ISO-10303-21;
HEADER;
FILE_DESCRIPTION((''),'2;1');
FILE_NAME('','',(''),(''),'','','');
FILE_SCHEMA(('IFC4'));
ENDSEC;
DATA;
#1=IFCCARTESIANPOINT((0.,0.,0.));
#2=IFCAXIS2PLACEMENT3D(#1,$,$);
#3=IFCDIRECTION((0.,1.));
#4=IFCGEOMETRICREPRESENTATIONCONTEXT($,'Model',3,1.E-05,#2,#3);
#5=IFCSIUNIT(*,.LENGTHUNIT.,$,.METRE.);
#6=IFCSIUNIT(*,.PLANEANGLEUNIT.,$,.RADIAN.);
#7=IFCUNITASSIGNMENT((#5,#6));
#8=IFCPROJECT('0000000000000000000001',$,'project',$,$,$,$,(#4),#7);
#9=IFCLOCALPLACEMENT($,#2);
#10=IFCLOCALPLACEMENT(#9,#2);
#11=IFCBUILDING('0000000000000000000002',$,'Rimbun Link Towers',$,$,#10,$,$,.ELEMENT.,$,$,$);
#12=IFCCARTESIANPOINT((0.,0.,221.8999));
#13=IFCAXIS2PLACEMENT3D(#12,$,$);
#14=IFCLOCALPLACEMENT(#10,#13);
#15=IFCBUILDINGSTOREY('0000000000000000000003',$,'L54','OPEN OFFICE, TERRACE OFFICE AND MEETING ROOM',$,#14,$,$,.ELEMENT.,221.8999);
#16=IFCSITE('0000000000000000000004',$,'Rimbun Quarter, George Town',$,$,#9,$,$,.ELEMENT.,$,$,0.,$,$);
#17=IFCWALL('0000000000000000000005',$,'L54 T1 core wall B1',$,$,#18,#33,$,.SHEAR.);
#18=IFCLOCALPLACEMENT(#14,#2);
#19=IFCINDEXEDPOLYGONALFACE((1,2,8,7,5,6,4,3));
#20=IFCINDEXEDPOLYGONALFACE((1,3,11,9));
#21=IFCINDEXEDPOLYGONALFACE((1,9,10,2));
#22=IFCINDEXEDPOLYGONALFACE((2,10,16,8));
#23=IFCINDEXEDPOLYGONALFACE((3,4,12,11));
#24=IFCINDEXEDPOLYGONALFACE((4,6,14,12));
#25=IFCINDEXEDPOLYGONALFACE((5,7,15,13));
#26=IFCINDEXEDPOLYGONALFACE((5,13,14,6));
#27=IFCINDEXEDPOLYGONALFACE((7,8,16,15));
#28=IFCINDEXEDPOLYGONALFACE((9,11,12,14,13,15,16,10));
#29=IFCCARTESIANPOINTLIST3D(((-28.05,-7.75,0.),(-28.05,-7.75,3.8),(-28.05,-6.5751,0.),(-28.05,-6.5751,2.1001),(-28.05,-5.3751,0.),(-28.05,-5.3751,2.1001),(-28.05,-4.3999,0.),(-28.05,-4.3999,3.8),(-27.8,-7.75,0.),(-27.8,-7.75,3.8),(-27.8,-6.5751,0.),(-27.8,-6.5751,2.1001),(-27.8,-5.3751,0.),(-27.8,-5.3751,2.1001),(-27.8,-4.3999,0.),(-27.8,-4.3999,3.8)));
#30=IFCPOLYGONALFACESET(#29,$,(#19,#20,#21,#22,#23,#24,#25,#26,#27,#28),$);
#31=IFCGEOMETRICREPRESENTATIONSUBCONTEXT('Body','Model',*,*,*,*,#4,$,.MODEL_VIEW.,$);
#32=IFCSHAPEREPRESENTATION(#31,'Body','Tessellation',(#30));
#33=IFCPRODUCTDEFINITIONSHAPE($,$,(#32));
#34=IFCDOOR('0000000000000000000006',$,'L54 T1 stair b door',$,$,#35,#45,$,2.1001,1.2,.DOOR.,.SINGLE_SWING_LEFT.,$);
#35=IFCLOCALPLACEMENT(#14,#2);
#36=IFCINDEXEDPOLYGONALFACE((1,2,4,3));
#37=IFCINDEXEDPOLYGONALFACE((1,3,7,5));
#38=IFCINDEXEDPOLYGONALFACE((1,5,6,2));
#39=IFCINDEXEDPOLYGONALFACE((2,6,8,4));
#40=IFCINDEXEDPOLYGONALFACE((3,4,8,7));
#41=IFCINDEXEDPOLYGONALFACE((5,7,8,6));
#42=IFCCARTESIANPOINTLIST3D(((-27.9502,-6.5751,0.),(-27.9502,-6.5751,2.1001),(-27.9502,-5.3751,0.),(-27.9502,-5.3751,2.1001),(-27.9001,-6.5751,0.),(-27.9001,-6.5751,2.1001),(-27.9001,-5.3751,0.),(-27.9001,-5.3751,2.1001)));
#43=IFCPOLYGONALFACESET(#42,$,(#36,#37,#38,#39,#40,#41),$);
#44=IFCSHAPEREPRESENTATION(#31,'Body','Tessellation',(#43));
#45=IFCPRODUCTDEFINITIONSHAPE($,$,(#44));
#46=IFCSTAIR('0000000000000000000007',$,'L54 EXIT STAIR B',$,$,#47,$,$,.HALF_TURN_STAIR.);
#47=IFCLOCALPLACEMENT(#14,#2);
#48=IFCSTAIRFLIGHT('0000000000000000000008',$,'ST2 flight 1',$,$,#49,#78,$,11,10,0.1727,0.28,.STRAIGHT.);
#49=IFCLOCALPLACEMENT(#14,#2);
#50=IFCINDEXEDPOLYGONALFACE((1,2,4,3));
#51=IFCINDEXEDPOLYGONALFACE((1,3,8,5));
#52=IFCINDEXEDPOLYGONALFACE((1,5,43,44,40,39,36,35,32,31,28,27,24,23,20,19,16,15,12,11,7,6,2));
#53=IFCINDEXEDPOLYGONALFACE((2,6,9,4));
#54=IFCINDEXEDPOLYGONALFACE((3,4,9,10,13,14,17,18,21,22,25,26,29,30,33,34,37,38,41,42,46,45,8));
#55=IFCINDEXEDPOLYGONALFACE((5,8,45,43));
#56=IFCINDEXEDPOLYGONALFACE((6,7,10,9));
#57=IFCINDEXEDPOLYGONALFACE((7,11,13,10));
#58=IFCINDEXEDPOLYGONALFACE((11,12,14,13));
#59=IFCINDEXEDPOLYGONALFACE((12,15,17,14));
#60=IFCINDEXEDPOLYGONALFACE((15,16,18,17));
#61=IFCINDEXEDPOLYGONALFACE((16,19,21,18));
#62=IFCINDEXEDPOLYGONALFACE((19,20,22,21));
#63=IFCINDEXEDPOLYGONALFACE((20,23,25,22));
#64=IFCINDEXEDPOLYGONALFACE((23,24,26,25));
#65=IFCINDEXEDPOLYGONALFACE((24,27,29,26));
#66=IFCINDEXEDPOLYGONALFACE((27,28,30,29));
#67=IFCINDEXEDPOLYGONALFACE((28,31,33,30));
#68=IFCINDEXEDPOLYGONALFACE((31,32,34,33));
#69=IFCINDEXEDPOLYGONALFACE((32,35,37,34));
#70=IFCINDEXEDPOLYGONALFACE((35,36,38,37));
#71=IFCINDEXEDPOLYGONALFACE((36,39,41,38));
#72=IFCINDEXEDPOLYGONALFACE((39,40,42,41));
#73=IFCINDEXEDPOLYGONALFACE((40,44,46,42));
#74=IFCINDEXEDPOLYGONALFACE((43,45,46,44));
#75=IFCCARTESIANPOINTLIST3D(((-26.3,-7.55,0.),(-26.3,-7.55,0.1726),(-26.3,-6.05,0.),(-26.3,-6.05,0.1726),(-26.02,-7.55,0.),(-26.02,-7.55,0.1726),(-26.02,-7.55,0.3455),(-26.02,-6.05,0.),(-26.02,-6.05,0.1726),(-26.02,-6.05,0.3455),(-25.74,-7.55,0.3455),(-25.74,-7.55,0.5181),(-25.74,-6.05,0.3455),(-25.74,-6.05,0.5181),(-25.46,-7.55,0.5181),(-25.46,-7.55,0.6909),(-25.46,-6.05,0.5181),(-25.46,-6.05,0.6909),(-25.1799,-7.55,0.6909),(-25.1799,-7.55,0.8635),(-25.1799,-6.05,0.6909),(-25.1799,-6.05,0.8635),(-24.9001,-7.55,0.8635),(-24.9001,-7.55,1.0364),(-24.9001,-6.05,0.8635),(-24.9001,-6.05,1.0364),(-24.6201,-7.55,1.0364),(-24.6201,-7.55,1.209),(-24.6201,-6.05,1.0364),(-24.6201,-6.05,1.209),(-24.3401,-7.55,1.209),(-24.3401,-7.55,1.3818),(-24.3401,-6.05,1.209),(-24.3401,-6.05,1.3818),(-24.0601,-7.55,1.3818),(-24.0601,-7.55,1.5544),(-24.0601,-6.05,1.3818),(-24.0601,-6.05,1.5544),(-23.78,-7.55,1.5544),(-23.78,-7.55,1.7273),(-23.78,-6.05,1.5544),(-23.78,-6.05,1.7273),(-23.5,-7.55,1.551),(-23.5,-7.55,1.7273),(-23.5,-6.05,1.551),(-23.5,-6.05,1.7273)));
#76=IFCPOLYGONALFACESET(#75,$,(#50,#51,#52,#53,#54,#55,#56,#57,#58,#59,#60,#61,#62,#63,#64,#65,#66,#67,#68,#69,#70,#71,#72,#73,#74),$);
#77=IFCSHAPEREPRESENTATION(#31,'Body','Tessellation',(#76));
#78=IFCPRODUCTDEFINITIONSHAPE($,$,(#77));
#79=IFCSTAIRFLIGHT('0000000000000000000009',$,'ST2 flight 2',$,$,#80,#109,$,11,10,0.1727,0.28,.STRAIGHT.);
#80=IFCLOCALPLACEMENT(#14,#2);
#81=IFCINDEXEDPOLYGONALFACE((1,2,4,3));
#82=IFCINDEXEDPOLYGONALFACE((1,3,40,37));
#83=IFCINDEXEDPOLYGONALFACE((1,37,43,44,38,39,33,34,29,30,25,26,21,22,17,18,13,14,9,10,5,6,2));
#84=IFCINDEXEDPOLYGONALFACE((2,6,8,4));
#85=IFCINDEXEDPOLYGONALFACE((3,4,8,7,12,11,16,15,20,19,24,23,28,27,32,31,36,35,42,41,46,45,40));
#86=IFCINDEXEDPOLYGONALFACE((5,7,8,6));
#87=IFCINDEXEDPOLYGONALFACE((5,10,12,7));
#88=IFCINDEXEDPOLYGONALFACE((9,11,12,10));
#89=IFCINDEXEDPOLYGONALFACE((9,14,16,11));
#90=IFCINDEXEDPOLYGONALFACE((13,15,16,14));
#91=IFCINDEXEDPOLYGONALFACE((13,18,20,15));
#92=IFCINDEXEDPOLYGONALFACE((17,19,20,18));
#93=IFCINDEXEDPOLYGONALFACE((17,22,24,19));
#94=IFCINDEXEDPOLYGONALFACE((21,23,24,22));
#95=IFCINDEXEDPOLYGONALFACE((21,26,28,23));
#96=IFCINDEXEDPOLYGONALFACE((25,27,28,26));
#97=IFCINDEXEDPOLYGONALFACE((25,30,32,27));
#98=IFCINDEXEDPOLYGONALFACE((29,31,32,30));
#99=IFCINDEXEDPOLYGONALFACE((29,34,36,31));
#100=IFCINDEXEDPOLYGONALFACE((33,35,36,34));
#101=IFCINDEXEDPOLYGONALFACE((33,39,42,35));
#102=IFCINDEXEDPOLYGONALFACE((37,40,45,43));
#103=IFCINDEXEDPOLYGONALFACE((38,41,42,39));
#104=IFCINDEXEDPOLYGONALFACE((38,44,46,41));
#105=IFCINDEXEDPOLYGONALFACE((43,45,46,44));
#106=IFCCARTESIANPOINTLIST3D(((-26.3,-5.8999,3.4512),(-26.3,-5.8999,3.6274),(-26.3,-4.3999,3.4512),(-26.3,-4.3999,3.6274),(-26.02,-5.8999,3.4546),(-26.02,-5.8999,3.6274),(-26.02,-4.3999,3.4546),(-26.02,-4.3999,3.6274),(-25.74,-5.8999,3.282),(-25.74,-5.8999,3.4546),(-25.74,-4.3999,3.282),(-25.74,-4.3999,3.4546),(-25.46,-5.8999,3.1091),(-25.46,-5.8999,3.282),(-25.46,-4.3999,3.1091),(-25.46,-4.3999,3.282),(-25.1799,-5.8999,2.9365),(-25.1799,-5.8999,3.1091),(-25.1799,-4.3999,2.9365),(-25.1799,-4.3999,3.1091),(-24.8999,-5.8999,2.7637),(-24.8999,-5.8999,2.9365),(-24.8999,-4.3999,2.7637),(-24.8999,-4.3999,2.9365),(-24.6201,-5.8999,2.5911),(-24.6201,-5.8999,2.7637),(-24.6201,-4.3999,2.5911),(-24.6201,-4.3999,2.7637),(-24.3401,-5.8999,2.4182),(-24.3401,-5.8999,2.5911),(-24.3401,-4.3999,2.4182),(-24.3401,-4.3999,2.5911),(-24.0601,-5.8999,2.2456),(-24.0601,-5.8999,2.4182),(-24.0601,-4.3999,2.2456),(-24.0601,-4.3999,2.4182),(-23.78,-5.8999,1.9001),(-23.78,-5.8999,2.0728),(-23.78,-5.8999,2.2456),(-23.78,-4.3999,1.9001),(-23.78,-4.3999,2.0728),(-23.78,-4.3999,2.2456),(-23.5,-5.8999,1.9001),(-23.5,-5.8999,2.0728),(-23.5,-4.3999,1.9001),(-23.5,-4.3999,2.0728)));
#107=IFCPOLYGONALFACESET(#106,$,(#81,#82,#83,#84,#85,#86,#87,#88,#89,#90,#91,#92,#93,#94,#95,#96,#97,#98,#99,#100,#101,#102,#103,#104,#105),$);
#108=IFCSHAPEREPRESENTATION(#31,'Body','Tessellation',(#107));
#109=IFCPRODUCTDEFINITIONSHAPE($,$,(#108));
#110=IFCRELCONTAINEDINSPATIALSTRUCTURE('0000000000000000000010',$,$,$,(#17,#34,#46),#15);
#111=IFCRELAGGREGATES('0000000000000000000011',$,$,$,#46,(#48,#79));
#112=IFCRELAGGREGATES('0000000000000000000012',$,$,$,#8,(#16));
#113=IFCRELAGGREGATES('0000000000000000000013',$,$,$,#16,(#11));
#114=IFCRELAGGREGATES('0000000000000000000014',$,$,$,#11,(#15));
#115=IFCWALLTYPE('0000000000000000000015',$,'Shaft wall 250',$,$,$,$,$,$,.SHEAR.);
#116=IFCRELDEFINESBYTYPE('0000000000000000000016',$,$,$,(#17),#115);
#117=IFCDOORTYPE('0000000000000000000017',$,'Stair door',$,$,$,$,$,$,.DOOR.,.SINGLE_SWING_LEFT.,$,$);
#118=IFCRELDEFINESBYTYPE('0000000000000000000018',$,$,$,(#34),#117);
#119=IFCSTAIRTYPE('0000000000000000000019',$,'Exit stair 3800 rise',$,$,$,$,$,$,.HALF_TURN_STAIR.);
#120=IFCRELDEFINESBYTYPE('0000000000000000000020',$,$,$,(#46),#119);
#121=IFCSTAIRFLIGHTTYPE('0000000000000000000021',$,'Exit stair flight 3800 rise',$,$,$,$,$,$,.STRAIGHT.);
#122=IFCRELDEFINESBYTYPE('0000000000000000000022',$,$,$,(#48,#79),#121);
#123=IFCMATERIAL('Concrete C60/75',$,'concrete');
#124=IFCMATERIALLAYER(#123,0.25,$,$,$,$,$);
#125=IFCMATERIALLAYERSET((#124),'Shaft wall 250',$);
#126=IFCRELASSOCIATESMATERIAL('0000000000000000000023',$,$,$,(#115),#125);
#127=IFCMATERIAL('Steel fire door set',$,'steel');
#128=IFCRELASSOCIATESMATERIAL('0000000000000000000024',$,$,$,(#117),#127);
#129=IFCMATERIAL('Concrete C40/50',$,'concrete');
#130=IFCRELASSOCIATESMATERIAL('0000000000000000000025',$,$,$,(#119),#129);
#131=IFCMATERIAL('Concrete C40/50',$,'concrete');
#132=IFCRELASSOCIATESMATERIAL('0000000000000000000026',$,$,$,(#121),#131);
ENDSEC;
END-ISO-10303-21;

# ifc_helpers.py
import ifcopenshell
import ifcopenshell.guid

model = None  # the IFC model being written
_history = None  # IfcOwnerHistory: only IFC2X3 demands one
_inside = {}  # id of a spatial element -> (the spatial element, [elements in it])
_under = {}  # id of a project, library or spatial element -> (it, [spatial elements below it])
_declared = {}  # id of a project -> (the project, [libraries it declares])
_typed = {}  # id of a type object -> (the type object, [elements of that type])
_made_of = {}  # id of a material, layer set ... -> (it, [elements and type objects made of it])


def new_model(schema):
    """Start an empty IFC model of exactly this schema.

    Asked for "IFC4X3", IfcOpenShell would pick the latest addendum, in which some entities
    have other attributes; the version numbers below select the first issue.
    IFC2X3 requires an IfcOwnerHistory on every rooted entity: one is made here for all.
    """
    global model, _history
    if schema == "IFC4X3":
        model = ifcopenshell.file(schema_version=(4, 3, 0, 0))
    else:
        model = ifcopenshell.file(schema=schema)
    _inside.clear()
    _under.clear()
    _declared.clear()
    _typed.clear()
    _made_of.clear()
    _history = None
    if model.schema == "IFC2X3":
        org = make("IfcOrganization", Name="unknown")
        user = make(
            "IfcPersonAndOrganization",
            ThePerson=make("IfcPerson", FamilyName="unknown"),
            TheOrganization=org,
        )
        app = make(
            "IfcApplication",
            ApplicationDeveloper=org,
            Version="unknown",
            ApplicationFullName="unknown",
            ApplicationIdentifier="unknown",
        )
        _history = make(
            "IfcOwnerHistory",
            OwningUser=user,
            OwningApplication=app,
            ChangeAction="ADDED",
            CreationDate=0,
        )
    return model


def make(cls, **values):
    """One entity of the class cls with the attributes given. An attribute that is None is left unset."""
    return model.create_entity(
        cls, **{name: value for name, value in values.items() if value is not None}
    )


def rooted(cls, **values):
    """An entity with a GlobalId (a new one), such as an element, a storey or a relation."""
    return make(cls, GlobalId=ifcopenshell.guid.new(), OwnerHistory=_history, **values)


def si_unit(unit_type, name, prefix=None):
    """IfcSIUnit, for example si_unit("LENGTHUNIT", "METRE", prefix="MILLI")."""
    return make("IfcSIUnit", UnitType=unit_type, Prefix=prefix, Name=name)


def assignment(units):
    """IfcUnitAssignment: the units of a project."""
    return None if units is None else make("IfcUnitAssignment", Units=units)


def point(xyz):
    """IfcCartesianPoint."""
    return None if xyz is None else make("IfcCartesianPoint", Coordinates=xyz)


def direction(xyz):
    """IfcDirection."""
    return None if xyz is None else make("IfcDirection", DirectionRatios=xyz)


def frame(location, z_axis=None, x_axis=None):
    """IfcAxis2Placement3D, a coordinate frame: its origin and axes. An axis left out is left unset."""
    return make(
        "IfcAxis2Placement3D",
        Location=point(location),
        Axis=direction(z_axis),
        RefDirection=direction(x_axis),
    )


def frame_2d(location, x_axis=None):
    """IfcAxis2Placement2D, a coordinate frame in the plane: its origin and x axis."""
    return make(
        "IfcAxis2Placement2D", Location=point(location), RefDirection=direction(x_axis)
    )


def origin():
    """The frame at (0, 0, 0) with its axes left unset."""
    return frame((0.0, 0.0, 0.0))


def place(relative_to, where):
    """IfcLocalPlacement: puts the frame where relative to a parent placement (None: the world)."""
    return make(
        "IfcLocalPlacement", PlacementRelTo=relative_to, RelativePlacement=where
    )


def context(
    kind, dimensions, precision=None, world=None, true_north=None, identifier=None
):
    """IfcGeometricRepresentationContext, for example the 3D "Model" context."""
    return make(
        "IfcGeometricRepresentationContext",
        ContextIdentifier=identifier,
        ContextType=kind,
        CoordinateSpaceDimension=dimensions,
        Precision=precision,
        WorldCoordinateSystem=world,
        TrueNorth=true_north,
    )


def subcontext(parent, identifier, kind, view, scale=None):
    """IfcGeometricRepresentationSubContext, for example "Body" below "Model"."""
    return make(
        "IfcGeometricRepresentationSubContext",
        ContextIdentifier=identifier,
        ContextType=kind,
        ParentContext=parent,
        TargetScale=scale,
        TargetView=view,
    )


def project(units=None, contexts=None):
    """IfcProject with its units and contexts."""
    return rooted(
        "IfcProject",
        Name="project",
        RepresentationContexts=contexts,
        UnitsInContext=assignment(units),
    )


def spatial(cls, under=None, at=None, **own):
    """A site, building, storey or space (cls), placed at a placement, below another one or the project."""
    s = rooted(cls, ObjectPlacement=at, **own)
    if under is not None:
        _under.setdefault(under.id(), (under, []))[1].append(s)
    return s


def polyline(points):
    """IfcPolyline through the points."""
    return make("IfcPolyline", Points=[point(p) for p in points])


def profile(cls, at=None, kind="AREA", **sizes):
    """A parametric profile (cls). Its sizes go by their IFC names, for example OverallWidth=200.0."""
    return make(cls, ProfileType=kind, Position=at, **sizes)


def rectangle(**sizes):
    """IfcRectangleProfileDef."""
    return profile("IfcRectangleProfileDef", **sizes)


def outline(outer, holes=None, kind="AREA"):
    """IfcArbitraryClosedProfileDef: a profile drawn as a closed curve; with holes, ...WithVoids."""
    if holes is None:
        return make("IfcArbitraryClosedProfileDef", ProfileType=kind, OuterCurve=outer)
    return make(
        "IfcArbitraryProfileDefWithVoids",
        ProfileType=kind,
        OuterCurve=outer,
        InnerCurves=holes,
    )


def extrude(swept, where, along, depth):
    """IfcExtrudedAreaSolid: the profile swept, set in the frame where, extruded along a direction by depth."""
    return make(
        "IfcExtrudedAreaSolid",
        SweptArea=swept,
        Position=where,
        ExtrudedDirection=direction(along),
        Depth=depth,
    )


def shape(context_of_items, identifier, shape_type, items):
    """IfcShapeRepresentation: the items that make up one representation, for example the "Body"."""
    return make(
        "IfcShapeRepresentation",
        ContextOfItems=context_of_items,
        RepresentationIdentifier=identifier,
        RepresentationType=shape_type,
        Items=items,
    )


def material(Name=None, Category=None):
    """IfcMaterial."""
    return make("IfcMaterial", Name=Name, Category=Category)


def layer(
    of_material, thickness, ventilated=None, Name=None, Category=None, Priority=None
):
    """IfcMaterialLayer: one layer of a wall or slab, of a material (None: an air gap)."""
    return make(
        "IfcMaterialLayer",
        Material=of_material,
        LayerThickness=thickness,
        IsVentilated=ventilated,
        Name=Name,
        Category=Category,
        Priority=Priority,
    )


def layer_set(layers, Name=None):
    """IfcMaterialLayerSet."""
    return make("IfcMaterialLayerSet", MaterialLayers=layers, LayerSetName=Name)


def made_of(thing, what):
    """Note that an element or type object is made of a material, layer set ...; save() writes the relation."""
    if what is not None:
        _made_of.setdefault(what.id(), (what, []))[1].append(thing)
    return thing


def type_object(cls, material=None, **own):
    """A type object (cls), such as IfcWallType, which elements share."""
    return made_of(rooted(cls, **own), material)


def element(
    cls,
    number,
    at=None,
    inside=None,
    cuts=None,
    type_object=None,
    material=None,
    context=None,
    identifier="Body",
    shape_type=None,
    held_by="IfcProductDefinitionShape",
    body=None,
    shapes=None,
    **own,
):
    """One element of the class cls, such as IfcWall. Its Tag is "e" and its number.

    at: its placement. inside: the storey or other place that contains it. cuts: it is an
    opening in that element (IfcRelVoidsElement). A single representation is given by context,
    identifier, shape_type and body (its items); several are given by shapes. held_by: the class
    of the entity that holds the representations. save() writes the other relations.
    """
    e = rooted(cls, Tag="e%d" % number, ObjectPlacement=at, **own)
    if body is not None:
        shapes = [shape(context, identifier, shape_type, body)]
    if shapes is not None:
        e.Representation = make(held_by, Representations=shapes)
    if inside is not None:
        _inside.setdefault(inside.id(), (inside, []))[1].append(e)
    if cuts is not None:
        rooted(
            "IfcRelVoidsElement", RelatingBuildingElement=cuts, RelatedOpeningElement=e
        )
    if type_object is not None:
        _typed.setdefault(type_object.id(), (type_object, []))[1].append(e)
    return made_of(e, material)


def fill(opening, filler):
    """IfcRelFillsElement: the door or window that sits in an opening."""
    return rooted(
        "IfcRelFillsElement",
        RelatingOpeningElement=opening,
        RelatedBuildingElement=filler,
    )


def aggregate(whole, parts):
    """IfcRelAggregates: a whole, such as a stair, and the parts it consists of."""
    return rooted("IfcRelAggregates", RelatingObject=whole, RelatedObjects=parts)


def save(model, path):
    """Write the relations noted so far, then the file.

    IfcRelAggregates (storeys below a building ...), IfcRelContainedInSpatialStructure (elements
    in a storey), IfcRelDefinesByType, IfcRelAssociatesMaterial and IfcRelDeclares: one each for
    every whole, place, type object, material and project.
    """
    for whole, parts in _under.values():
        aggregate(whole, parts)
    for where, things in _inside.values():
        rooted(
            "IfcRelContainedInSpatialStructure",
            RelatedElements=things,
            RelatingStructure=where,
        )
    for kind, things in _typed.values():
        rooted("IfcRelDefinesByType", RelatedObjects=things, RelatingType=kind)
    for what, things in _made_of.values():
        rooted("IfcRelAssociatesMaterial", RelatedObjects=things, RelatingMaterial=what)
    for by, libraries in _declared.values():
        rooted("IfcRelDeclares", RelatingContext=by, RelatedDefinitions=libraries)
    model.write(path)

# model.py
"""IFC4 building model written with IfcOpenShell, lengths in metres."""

from ifc_helpers import new_model, si_unit, direction, frame, frame_2d, origin, place, context, subcontext, project, spatial, polyline, rectangle, outline, extrude, material, layer, layer_set, type_object, element, fill, aggregate, save


model = new_model("IFC4")

# Units and contexts
model_context = context("Model", 3, precision=1e-05, world=origin(), true_north=direction((0.0, 1.0)))
body_context = subcontext(model_context, "Body", "Model", "MODEL_VIEW")
ifc_project = project(units=[si_unit("LENGTHUNIT", "METRE"), si_unit("PLANEANGLEUNIT", "RADIAN")], contexts=[model_context])

# Site, building, storey
site_placement = place(None, origin())
site = spatial("IfcSite", under=ifc_project, at=site_placement, Name="Rimbun Quarter, George Town", CompositionType="ELEMENT", RefElevation=0.0)
building_placement = place(site_placement, origin())
building = spatial("IfcBuilding", under=site, at=building_placement, Name="Rimbun Link Towers", CompositionType="ELEMENT")
storey_placement = place(building_placement, frame((0.0, 0.0, 221.8999)))
storey = spatial("IfcBuildingStorey", under=building, at=storey_placement, Name="L54", Description="OPEN OFFICE, TERRACE OFFICE AND MEETING ROOM", CompositionType="ELEMENT", Elevation=221.8999)

# Shared definitions
ifc_material_1 = material(Name="Concrete C60/75", Category="concrete")
ifc_layer_1 = layer(ifc_material_1, 0.25)
ifc_layer_set_1 = layer_set([ifc_layer_1], Name="Shaft wall 250")
wall_type_1 = type_object("IfcWallType", Name="Shaft wall 250", PredefinedType="SHEAR", material=ifc_layer_set_1)

# Wall, opening, door
wall_1_placement = place(storey_placement, frame((-27.925, -4.3999, 0.0), z_axis=(0.0, 0.0, 1.0), x_axis=(0.0, -1.0, 0.0)))
wall_1 = element("IfcWall", 1, at=wall_1_placement, inside=storey, type_object=wall_type_1, Name="L54 T1 core wall B1", PredefinedType="SHEAR", context=body_context, shape_type="SweptSolid", body=[
    extrude(rectangle(XDim=3.3501, YDim=0.25, at=frame_2d((1.675, 0.0))), origin(), (0.0, 0.0, 1.0), 3.8),
])
opening_1_placement = place(wall_1_placement, frame((0.9751, 0.0, 0.0)))
opening_1 = element("IfcOpeningElement", 2, at=opening_1_placement, cuts=wall_1, PredefinedType="OPENING", context=body_context, shape_type="SweptSolid", body=[
    extrude(rectangle(XDim=1.2, YDim=2.1001, at=frame_2d((0.6001, 1.05))), frame((0.0, 0.135, 0.0), z_axis=(0.0, -1.0, 0.0), x_axis=(1.0, 0.0, 0.0)), (0.0, 0.0, 1.0), 0.27),
])
ifc_material_2 = material(Name="Steel fire door set", Category="steel")
door_type_1 = type_object("IfcDoorType", Name="Stair door", OperationType="SINGLE_SWING_LEFT", PredefinedType="DOOR", material=ifc_material_2)
door_1_placement = place(opening_1_placement, origin())
door_1 = element("IfcDoor", 3, at=door_1_placement, inside=storey, type_object=door_type_1, Name="L54 T1 stair b door", OperationType="SINGLE_SWING_LEFT", OverallHeight=2.1001, OverallWidth=1.2, PredefinedType="DOOR", context=body_context, shape_type="SweptSolid", body=[
    extrude(rectangle(XDim=1.2, YDim=2.1001, at=frame_2d((0.6001, 1.05))), frame((0.0, 0.0249, 0.0), z_axis=(0.0, -1.0, 0.0), x_axis=(1.0, 0.0, 0.0)), (0.0, 0.0, 1.0), 0.05),
])
fill(opening_1, door_1)

# Stair, stair flights
ifc_material_3 = material(Name="Concrete C40/50", Category="concrete")
stair_type = type_object("IfcStairType", Name="Exit stair 3800 rise", PredefinedType="HALF_TURN_STAIR", material=ifc_material_3)
stair_placement = place(storey_placement, origin())
stair = element("IfcStair", 4, at=stair_placement, inside=storey, type_object=stair_type, Name="L54 EXIT STAIR B", PredefinedType="HALF_TURN_STAIR")
ifc_material_4 = material(Name="Concrete C40/50", Category="concrete")
stair_flight_type = type_object("IfcStairFlightType", Name="Exit stair flight 3800 rise", PredefinedType="STRAIGHT", material=ifc_material_4)
stair_flight_1_placement = place(storey_placement, frame((-26.3, -6.8, 0.0), z_axis=(0.0, 0.0, 1.0), x_axis=(1.0, 0.0, 0.0)))
stair_flight_1 = element("IfcStairFlight", 5, at=stair_flight_1_placement, type_object=stair_flight_type, Name="ST2 flight 1", NumberOfRisers=11, NumberOfTreads=10, PredefinedType="STRAIGHT", RiserHeight=0.1727, TreadLength=0.28, context=body_context, shape_type="SweptSolid", body=[
    extrude(outline(polyline([(0.0, 0.0), (0.0, 0.1726), (0.28, 0.1726), (0.28, 0.3455), (0.5601, 0.3455), (0.5601, 0.5181), (0.8401, 0.5181), (0.8401, 0.6909), (1.1201, 0.6909), (1.1201, 0.8635), (1.3999, 0.8635), (1.3999, 1.0364), (1.6799, 1.0364), (1.6799, 1.209), (1.96, 1.209), (1.96, 1.3818), (2.24, 1.3818), (2.24, 1.5544), (2.52, 1.5544), (2.52, 1.7273), (2.8, 1.7273), (2.8, 1.8999), (2.8, 1.551), (0.28, 0.0), (0.0, 0.0)])), frame((0.0, 0.75, 0.0), z_axis=(0.0, -1.0, 0.0), x_axis=(1.0, 0.0, 0.0)), (0.0, 0.0, 1.0), 1.5),
])
stair_flight_2_placement = place(storey_placement, frame((-23.5, -5.1499, 1.9001), z_axis=(0.0, 0.0, 1.0), x_axis=(-1.0, 0.0, 0.0)))
stair_flight_2 = element("IfcStairFlight", 6, at=stair_flight_2_placement, type_object=stair_flight_type, Name="ST2 flight 2", NumberOfRisers=11, NumberOfTreads=10, PredefinedType="STRAIGHT", RiserHeight=0.1727, TreadLength=0.28, context=body_context, shape_type="SweptSolid", body=[
    extrude(outline(polyline([(0.0, 0.0), (0.0, 0.1726), (0.28, 0.1726), (0.28, 0.3455), (0.5601, 0.3455), (0.5601, 0.5181), (0.8401, 0.5181), (0.8401, 0.6909), (1.1201, 0.6909), (1.1201, 0.8635), (1.3999, 0.8635), (1.3999, 1.0364), (1.6799, 1.0364), (1.6799, 1.209), (1.96, 1.209), (1.96, 1.3818), (2.24, 1.3818), (2.24, 1.5544), (2.52, 1.5544), (2.52, 1.7273), (2.8, 1.7273), (2.8, 1.8999), (2.8, 1.551), (0.28, 0.0), (0.0, 0.0)])), frame((0.0, 0.75, 0.0), z_axis=(0.0, -1.0, 0.0), x_axis=(1.0, 0.0, 0.0)), (0.0, 0.0, 1.0), 1.5),
])
aggregate(stair, [stair_flight_1, stair_flight_2])

save(model, "model.ifc")
